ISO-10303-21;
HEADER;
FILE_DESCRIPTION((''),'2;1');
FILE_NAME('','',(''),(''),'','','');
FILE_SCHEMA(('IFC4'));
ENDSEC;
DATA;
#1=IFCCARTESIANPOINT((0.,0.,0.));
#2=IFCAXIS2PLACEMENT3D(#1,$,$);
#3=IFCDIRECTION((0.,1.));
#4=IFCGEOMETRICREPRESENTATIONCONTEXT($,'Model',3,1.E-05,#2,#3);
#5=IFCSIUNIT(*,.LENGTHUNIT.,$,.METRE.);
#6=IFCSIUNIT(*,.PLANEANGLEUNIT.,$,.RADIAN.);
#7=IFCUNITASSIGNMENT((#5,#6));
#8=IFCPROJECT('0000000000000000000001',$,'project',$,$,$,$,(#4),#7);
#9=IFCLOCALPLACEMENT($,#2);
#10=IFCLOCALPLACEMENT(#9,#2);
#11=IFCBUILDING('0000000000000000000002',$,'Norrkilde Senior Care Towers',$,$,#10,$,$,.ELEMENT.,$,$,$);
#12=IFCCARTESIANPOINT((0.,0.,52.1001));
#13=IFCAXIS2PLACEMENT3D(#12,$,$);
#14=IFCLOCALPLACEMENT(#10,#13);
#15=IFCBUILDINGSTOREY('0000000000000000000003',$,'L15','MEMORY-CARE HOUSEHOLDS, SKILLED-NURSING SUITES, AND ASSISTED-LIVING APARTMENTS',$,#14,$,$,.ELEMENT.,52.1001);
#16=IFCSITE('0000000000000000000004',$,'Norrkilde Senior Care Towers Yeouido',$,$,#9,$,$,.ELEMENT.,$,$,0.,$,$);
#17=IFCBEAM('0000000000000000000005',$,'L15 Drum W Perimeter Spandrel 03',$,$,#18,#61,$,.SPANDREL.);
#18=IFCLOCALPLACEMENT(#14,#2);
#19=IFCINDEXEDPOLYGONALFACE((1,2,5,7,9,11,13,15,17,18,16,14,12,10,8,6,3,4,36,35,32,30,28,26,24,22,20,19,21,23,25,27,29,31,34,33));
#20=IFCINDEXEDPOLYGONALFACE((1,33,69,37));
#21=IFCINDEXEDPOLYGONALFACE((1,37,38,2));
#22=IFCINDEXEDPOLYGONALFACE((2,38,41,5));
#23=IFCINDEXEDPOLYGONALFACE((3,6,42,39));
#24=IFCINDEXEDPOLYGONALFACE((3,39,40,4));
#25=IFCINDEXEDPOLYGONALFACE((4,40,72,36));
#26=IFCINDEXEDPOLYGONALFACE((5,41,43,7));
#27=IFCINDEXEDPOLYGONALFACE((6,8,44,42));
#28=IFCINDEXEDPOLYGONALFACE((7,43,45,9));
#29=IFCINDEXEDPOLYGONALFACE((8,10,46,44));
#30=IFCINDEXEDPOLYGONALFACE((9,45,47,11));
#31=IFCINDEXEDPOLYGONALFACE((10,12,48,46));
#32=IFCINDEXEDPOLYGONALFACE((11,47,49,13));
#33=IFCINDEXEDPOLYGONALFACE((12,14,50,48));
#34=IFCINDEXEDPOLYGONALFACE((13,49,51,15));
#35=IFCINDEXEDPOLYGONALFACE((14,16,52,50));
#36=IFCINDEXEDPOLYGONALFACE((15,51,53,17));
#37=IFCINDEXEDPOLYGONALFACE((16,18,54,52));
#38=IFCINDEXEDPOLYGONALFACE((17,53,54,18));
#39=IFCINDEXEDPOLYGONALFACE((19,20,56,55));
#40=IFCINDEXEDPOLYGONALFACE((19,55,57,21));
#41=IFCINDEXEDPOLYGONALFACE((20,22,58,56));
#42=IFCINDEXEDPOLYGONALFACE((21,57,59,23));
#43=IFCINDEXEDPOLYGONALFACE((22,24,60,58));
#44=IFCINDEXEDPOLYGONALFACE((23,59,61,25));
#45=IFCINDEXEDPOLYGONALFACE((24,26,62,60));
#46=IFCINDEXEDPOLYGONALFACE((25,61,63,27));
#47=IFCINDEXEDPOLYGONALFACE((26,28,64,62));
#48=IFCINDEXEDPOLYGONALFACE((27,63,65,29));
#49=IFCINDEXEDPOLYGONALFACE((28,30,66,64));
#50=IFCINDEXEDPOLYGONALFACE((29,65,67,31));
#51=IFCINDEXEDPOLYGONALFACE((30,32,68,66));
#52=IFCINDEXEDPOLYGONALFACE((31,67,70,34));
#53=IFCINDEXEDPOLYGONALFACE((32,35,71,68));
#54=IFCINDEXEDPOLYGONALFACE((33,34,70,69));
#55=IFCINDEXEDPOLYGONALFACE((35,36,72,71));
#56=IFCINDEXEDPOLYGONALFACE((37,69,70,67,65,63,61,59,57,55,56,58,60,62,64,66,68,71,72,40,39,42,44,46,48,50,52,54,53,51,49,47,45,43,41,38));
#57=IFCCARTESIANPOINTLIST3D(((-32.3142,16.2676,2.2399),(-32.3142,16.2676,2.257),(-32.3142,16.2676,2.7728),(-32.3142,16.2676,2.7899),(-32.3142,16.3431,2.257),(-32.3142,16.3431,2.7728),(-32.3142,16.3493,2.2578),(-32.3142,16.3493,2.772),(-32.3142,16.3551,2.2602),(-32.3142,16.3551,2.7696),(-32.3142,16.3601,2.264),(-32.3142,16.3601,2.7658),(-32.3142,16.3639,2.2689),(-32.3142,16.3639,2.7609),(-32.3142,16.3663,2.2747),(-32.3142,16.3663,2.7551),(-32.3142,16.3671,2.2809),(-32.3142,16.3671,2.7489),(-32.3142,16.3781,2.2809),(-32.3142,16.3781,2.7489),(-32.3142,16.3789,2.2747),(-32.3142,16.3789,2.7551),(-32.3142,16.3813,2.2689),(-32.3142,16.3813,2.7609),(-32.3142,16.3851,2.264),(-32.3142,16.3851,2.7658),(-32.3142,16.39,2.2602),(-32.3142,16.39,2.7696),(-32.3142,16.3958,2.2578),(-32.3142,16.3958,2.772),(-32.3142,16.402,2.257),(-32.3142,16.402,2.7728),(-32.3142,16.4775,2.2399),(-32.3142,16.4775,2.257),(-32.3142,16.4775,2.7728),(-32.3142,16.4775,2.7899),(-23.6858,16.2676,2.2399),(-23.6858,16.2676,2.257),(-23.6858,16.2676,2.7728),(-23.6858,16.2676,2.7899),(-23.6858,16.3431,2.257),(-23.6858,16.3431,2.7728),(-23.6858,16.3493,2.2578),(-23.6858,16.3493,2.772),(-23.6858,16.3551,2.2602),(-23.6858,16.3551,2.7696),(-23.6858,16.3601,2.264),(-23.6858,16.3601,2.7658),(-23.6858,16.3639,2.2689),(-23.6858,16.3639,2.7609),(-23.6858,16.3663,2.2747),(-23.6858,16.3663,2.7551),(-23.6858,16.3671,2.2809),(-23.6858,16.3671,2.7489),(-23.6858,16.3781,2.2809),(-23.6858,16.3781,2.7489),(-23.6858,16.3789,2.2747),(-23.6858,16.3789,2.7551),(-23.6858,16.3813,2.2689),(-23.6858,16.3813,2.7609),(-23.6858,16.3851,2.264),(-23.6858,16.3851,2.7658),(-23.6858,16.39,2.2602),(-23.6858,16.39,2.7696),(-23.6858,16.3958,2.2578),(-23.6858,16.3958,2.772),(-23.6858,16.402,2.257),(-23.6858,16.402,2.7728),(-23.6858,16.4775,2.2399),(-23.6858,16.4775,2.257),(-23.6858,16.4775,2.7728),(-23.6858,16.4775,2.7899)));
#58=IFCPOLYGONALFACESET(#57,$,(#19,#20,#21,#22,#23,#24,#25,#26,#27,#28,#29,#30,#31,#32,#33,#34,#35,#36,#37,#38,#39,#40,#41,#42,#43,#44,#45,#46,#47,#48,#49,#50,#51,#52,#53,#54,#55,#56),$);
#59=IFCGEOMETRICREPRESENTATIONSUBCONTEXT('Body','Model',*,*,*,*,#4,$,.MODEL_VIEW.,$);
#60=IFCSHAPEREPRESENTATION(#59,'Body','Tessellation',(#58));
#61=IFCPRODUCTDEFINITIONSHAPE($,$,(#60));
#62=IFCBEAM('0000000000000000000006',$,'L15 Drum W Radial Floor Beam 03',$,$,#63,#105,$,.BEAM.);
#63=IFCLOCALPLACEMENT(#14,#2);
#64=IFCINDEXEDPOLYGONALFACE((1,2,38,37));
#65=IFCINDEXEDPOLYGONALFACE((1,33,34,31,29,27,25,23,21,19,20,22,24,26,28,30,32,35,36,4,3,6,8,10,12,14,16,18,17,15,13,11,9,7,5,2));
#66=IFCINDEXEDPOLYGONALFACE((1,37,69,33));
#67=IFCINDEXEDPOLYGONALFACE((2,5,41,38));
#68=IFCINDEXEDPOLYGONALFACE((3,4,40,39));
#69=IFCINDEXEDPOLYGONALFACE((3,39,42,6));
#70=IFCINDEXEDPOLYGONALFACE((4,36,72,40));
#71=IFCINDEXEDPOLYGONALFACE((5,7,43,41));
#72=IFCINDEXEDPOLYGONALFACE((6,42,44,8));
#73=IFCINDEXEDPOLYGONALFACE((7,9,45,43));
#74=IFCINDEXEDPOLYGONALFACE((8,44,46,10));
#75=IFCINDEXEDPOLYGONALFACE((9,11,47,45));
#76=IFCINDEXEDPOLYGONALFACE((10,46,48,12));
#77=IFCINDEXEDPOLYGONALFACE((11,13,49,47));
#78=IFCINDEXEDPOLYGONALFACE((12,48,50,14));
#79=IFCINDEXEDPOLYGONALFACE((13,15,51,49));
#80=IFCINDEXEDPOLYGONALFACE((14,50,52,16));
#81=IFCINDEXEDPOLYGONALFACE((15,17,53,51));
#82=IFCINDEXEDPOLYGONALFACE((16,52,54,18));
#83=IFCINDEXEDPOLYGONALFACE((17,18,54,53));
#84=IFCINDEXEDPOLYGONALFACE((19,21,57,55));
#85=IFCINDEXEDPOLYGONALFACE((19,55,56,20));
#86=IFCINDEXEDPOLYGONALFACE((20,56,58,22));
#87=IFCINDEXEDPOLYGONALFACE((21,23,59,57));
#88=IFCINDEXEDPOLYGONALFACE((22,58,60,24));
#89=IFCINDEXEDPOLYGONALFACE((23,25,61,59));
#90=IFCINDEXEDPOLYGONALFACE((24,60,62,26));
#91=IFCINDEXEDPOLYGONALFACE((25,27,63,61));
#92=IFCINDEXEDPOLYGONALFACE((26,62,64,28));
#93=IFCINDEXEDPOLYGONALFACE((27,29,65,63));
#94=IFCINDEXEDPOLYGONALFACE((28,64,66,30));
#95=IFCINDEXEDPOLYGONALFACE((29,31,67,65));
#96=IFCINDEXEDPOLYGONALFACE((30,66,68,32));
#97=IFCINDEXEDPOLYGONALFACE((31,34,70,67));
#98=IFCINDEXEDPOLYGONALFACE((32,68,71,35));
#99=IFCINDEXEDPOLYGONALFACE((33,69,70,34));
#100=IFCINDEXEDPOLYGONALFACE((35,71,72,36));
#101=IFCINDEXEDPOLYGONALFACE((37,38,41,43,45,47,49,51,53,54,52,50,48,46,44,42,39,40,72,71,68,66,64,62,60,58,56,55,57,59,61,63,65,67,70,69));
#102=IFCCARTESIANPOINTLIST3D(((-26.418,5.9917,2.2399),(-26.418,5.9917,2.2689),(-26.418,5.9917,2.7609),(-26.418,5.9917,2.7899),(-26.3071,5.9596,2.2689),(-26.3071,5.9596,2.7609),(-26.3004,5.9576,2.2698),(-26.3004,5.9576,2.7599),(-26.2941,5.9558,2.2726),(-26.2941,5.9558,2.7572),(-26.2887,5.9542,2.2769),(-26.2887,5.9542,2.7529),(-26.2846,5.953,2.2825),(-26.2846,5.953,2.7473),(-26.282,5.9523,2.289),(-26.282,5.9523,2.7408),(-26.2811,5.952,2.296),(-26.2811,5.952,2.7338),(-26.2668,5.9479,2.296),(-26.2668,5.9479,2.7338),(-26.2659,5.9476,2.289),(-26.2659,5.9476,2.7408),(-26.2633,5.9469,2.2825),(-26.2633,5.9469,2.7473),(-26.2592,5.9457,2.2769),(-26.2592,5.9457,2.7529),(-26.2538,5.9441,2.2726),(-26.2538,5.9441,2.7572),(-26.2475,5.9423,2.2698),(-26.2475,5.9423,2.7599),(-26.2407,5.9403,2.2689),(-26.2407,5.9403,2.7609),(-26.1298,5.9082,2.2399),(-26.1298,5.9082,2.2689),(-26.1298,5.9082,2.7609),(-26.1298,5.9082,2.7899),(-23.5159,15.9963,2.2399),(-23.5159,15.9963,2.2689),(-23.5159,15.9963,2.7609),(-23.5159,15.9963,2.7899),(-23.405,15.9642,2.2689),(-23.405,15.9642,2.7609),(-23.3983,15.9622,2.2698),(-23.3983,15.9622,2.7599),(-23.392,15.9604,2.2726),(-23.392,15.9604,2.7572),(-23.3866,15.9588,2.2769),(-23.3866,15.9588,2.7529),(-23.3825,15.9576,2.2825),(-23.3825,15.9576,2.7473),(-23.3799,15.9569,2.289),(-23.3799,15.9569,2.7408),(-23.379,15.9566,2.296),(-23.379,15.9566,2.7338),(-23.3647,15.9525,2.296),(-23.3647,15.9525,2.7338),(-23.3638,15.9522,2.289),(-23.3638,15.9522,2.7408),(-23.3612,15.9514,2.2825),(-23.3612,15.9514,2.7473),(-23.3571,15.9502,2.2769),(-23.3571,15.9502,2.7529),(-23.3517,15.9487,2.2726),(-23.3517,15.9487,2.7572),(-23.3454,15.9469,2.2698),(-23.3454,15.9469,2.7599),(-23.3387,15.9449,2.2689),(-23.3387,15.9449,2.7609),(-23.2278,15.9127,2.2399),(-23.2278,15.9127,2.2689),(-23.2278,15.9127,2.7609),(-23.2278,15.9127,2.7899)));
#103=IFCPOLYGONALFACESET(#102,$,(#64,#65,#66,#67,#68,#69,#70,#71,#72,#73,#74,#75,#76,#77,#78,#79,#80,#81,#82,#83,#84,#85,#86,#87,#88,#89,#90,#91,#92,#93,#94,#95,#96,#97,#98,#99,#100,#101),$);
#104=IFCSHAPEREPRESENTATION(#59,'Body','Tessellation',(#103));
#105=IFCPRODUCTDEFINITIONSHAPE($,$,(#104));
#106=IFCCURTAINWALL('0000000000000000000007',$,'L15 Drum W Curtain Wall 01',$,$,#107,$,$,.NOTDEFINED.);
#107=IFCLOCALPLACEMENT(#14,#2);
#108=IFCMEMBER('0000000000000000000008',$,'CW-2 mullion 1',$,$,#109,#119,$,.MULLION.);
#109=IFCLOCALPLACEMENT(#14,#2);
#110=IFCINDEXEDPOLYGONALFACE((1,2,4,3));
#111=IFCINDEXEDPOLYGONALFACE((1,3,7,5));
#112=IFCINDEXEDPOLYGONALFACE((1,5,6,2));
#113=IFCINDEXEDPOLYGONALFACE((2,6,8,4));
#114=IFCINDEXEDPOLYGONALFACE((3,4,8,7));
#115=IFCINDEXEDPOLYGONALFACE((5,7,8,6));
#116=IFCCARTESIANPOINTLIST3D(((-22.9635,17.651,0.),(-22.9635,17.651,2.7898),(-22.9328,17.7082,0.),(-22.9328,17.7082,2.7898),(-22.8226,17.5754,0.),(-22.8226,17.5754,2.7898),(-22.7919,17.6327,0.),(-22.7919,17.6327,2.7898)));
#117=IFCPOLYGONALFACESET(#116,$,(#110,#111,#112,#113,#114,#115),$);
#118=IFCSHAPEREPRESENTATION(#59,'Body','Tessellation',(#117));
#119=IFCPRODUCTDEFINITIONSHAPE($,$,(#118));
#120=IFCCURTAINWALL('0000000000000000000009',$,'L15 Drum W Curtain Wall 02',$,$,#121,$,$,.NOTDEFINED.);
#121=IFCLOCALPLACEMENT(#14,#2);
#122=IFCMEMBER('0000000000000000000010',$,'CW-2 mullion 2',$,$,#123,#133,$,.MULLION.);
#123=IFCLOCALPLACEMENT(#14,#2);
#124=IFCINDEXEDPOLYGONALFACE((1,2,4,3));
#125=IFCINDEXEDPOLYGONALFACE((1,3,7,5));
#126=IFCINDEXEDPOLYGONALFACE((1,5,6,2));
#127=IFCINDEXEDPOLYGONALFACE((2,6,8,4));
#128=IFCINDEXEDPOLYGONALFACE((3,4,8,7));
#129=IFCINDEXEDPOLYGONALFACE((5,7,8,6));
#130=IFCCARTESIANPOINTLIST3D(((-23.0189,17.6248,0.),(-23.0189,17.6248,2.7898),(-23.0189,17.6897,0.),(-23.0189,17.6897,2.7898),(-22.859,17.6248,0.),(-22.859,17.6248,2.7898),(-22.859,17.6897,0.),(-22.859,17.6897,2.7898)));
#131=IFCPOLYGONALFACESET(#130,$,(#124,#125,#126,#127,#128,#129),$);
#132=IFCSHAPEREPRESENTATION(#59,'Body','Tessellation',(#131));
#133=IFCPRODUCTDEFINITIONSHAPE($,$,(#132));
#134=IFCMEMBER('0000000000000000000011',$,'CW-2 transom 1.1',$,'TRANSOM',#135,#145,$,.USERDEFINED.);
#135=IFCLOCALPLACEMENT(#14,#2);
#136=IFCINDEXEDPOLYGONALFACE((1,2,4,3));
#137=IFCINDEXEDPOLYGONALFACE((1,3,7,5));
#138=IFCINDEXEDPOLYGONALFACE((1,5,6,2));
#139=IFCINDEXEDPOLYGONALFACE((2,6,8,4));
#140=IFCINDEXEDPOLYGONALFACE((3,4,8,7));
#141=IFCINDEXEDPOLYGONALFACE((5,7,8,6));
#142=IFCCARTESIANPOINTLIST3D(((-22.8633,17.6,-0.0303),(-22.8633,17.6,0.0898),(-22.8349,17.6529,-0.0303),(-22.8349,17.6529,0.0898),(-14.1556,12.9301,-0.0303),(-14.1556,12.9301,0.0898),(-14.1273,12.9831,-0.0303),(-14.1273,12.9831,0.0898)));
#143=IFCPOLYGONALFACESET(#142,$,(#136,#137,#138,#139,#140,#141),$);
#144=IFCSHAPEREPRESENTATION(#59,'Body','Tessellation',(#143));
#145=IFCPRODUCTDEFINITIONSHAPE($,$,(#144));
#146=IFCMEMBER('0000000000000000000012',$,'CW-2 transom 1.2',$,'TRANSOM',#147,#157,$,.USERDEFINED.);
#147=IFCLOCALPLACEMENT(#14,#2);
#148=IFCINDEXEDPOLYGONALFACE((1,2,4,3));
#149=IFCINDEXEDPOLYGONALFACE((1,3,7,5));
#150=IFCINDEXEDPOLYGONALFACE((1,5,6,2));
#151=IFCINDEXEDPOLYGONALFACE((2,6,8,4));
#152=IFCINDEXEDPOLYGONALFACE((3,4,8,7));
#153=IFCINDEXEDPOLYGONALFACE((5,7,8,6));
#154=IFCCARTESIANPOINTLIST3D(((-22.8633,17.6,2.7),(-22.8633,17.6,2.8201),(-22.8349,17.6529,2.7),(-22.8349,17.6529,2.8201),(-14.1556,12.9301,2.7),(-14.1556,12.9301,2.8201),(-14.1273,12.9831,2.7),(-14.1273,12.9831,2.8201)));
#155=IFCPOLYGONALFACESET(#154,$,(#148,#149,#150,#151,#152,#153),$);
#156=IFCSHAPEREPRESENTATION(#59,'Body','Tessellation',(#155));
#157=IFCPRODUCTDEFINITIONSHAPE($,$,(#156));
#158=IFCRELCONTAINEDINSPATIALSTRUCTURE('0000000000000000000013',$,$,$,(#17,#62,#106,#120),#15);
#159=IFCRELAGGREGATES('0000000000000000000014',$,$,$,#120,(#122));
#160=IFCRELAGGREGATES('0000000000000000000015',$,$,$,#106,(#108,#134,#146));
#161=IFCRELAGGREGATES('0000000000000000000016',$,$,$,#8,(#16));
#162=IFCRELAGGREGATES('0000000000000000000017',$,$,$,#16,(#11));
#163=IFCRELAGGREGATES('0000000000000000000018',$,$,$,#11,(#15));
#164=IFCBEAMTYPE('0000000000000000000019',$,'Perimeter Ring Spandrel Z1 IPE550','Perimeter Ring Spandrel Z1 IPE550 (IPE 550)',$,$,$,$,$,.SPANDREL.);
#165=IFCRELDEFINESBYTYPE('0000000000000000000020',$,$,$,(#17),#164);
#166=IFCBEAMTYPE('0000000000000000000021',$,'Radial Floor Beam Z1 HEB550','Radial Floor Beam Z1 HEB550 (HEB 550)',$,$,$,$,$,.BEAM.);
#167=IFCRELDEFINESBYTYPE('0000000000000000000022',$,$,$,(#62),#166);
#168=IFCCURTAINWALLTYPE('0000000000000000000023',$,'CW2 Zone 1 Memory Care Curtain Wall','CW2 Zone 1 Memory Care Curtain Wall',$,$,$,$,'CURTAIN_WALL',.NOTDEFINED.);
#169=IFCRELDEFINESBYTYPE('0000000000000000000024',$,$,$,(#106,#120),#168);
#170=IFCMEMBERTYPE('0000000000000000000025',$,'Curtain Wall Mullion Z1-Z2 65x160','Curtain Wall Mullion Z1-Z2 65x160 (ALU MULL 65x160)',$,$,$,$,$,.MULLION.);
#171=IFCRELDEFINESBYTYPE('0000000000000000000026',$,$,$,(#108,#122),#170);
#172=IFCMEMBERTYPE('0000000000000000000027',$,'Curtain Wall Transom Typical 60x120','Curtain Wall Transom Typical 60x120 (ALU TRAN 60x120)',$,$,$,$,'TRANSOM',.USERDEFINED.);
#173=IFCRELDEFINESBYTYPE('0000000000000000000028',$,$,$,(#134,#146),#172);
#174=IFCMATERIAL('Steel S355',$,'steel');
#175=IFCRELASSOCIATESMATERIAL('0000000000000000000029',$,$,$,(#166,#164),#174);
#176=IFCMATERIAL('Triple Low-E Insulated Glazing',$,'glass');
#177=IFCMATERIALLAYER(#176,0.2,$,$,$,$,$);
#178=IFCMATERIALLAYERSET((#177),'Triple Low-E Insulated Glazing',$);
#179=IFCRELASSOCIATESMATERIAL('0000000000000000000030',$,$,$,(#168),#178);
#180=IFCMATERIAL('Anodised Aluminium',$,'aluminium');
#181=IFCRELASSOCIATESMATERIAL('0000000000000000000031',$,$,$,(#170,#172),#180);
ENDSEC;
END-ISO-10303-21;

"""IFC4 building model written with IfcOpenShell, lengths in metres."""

from ifc_helpers import new_model, si_unit, direction, frame, origin, origin_2d, place, context, subcontext, project, spatial, rectangle, i_section, extrude, source, transform, mapped, material, layer, layer_set, material_profile, profile_set, type_object, type_shapes, element, aggregate, save


model = new_model("IFC4")

# Units and contexts
model_context = context("Model", 3, precision=1e-05, world=origin(), true_north=direction((0.0, 1.0)))
body_context = subcontext(model_context, "Body", "Model", "MODEL_VIEW")
ifc_project = project(units=[si_unit("LENGTHUNIT", "METRE"), si_unit("PLANEANGLEUNIT", "RADIAN")], contexts=[model_context])

# Site, building, storey
site_placement = place(None, origin())
site = spatial("IfcSite", under=ifc_project, at=site_placement, Name="Norrkilde Senior Care Towers Yeouido", CompositionType="ELEMENT", RefElevation=0.0)
building_placement = place(site_placement, origin())
building = spatial("IfcBuilding", under=site, at=building_placement, Name="Norrkilde Senior Care Towers", CompositionType="ELEMENT")
storey_placement = place(building_placement, frame((0.0, 0.0, 52.1001)))
storey = spatial("IfcBuildingStorey", under=building, at=storey_placement, Name="L15", Description="MEMORY-CARE HOUSEHOLDS, SKILLED-NURSING SUITES, AND ASSISTED-LIVING APARTMENTS", CompositionType="ELEMENT", Elevation=52.1001)

# Beams
ifc_material_1 = material(Name="Steel S355", Category="steel")
ifc_material_profile_1 = material_profile(ifc_material_1, i_section(OverallWidth=0.3, OverallDepth=0.55, WebThickness=0.0149, FlangeThickness=0.0291, FilletRadius=0.0271, at=origin_2d()), Name="HEB 550")
ifc_profile_set_1 = profile_set([ifc_material_profile_1], Name="Steel S355")
beam_type_1 = type_object("IfcBeamType", Name="Radial Floor Beam Z1 HEB550", Description="Radial Floor Beam Z1 HEB550 (HEB 550)", PredefinedType="BEAM", material=ifc_profile_set_1)
ifc_material_profile_2 = material_profile(ifc_material_1, i_section(OverallWidth=0.21, OverallDepth=0.55, WebThickness=0.011, FlangeThickness=0.0171, FilletRadius=0.0239, at=origin_2d()), Name="IPE 550")
ifc_profile_set_2 = profile_set([ifc_material_profile_2], Name="Steel S355")
beam_type_2 = type_object("IfcBeamType", Name="Perimeter Ring Spandrel Z1 IPE550", Description="Perimeter Ring Spandrel Z1 IPE550 (IPE 550)", PredefinedType="SPANDREL", material=ifc_profile_set_2)
shared_shape_1 = source(origin(), body_context, "Body", "SweptSolid", [
    extrude(i_section(OverallWidth=0.21, OverallDepth=0.55, WebThickness=0.011, FlangeThickness=0.0171, FilletRadius=0.0239, at=origin_2d()), origin(), (0.0, 0.0, 1.0), 8.6284),
])
type_shapes(beam_type_2, [shared_shape_1])
beam_1_placement = place(storey_placement, frame((-23.6858, 16.3726, 2.5149), z_axis=(-1.0, 0.0, 0.0), x_axis=(0.0, -1.0, 0.0)))
element("IfcBeam", 1, at=beam_1_placement, inside=storey, type_object=beam_type_2, Name="L15 Drum W Perimeter Spandrel 03", PredefinedType="SPANDREL", context=body_context, shape_type="MappedRepresentation", body=[
    mapped(shared_shape_1, transform((0.0, 0.0, 0.0), x_axis=(1.0, 0.0, 0.0), y_axis=(0.0, 1.0, 0.0), z_axis=(0.0, 0.0, 1.0), scale=1.0)),
])
shared_shape_2 = source(origin(), body_context, "Body", "SweptSolid", [
    extrude(i_section(OverallWidth=0.3, OverallDepth=0.55, WebThickness=0.0149, FlangeThickness=0.0291, FilletRadius=0.0271, at=origin_2d()), origin(), (0.0, 0.0, 1.0), 10.417),
])
beam_2_placement = place(storey_placement, frame((-26.2739, 5.95, 2.5149), z_axis=(0.278591, 0.96041, 0.0), x_axis=(-0.96041, 0.278591, 0.0)))
element("IfcBeam", 2, at=beam_2_placement, inside=storey, type_object=beam_type_1, Name="L15 Drum W Radial Floor Beam 03", PredefinedType="BEAM", context=body_context, shape_type="MappedRepresentation", body=[
    mapped(shared_shape_2, transform((0.0, 0.0, 0.0), x_axis=(1.0, 0.0, 0.0), y_axis=(0.0, 1.0, 0.0), z_axis=(0.0, 0.0, 1.0), scale=1.0)),
])

# Curtain walls, members
ifc_material_2 = material(Name="Triple Low-E Insulated Glazing", Category="glass")
ifc_layer_1 = layer(ifc_material_2, 0.2)
ifc_layer_set_1 = layer_set([ifc_layer_1], Name="Triple Low-E Insulated Glazing")
curtain_wall_type = type_object("IfcCurtainWallType", Name="CW2 Zone 1 Memory Care Curtain Wall", Description="CW2 Zone 1 Memory Care Curtain Wall", ElementType="CURTAIN_WALL", PredefinedType="NOTDEFINED", material=ifc_layer_set_1)
curtain_wall_1_placement = place(storey_placement, origin())
curtain_wall_1 = element("IfcCurtainWall", 3, at=curtain_wall_1_placement, inside=storey, type_object=curtain_wall_type, Name="L15 Drum W Curtain Wall 01", PredefinedType="NOTDEFINED")
ifc_material_3 = material(Name="Anodised Aluminium", Category="aluminium")
ifc_material_profile_3 = material_profile(ifc_material_3, rectangle(XDim=0.0649, YDim=0.1599, at=origin_2d()), Name="ALU MULL 65x160")
ifc_profile_set_3 = profile_set([ifc_material_profile_3], Name="Anodised Aluminium")
member_type_1 = type_object("IfcMemberType", Name="Curtain Wall Mullion Z1-Z2 65x160", Description="Curtain Wall Mullion Z1-Z2 65x160 (ALU MULL 65x160)", PredefinedType="MULLION", material=ifc_profile_set_3)
shared_shape_3 = source(origin(), body_context, "Body", "SweptSolid", [
    extrude(rectangle(XDim=0.0649, YDim=0.1599, at=origin_2d()), origin(), (0.0, 0.0, 1.0), 2.7898),
])
type_shapes(member_type_1, [shared_shape_3])
member_1_placement = place(storey_placement, frame((-22.8777, 17.6418, 0.0), z_axis=(0.0, 0.0, 1.0), x_axis=(0.472608, 0.881273, 0.0)))
member_1 = element("IfcMember", 4, at=member_1_placement, type_object=member_type_1, Name="CW-2 mullion 1", PredefinedType="MULLION", context=body_context, shape_type="MappedRepresentation", body=[
    mapped(shared_shape_3, transform((0.0, 0.0, 0.0), x_axis=(1.0, 0.0, 0.0), y_axis=(0.0, 1.0, 0.0), z_axis=(0.0, 0.0, 1.0), scale=1.0)),
])
curtain_wall_2_placement = place(storey_placement, origin())
curtain_wall_2 = element("IfcCurtainWall", 5, at=curtain_wall_2_placement, inside=storey, type_object=curtain_wall_type, Name="L15 Drum W Curtain Wall 02", PredefinedType="NOTDEFINED")
member_2_placement = place(storey_placement, frame((-22.939, 17.6572, 0.0), z_axis=(0.0, 0.0, 1.0), x_axis=(0.0, 1.0, 0.0)))
member_2 = element("IfcMember", 6, at=member_2_placement, type_object=member_type_1, Name="CW-2 mullion 2", PredefinedType="MULLION", context=body_context, shape_type="MappedRepresentation", body=[
    mapped(shared_shape_3, transform((0.0, 0.0, 0.0), x_axis=(1.0, 0.0, 0.0), y_axis=(0.0, 1.0, 0.0), z_axis=(0.0, 0.0, 1.0), scale=1.0)),
])
aggregate(curtain_wall_2, [member_2])

# Members
ifc_material_profile_4 = material_profile(ifc_material_3, rectangle(XDim=0.0601, YDim=0.1201, at=origin_2d()), Name="ALU TRAN 60x120")
ifc_profile_set_4 = profile_set([ifc_material_profile_4], Name="Anodised Aluminium")
member_type_2 = type_object("IfcMemberType", Name="Curtain Wall Transom Typical 60x120", Description="Curtain Wall Transom Typical 60x120 (ALU TRAN 60x120)", ElementType="TRANSOM", PredefinedType="USERDEFINED", material=ifc_profile_set_4)
shared_shape_4 = source(origin(), body_context, "Body", "SweptSolid", [
    extrude(rectangle(XDim=0.0601, YDim=0.1201, at=origin_2d()), origin(), (0.0, 0.0, 1.0), 9.8809),
])
type_shapes(member_type_2, [shared_shape_4])
member_3_placement = place(storey_placement, frame((-22.8491, 17.6265, 0.0298), z_axis=(0.881267, -0.472618, 0.0), x_axis=(0.472618, 0.881267, 0.0)))
member_3 = element("IfcMember", 7, at=member_3_placement, type_object=member_type_2, Name="CW-2 transom 1.1", ObjectType="TRANSOM", PredefinedType="USERDEFINED", context=body_context, shape_type="MappedRepresentation", body=[
    mapped(shared_shape_4, transform((0.0, 0.0, 0.0), x_axis=(1.0, 0.0, 0.0), y_axis=(0.0, 1.0, 0.0), z_axis=(0.0, 0.0, 1.0), scale=1.0)),
])
member_4_placement = place(storey_placement, frame((-22.8491, 17.6265, 2.76), z_axis=(0.881267, -0.472618, 0.0), x_axis=(0.472618, 0.881267, 0.0)))
member_4 = element("IfcMember", 8, at=member_4_placement, type_object=member_type_2, Name="CW-2 transom 1.2", ObjectType="TRANSOM", PredefinedType="USERDEFINED", context=body_context, shape_type="MappedRepresentation", body=[
    mapped(shared_shape_4, transform((0.0, 0.0, 0.0), x_axis=(1.0, 0.0, 0.0), y_axis=(0.0, 1.0, 0.0), z_axis=(0.0, 0.0, 1.0), scale=1.0)),
])
aggregate(curtain_wall_1, [member_1, member_3, member_4])

save(model, "model.ifc")
